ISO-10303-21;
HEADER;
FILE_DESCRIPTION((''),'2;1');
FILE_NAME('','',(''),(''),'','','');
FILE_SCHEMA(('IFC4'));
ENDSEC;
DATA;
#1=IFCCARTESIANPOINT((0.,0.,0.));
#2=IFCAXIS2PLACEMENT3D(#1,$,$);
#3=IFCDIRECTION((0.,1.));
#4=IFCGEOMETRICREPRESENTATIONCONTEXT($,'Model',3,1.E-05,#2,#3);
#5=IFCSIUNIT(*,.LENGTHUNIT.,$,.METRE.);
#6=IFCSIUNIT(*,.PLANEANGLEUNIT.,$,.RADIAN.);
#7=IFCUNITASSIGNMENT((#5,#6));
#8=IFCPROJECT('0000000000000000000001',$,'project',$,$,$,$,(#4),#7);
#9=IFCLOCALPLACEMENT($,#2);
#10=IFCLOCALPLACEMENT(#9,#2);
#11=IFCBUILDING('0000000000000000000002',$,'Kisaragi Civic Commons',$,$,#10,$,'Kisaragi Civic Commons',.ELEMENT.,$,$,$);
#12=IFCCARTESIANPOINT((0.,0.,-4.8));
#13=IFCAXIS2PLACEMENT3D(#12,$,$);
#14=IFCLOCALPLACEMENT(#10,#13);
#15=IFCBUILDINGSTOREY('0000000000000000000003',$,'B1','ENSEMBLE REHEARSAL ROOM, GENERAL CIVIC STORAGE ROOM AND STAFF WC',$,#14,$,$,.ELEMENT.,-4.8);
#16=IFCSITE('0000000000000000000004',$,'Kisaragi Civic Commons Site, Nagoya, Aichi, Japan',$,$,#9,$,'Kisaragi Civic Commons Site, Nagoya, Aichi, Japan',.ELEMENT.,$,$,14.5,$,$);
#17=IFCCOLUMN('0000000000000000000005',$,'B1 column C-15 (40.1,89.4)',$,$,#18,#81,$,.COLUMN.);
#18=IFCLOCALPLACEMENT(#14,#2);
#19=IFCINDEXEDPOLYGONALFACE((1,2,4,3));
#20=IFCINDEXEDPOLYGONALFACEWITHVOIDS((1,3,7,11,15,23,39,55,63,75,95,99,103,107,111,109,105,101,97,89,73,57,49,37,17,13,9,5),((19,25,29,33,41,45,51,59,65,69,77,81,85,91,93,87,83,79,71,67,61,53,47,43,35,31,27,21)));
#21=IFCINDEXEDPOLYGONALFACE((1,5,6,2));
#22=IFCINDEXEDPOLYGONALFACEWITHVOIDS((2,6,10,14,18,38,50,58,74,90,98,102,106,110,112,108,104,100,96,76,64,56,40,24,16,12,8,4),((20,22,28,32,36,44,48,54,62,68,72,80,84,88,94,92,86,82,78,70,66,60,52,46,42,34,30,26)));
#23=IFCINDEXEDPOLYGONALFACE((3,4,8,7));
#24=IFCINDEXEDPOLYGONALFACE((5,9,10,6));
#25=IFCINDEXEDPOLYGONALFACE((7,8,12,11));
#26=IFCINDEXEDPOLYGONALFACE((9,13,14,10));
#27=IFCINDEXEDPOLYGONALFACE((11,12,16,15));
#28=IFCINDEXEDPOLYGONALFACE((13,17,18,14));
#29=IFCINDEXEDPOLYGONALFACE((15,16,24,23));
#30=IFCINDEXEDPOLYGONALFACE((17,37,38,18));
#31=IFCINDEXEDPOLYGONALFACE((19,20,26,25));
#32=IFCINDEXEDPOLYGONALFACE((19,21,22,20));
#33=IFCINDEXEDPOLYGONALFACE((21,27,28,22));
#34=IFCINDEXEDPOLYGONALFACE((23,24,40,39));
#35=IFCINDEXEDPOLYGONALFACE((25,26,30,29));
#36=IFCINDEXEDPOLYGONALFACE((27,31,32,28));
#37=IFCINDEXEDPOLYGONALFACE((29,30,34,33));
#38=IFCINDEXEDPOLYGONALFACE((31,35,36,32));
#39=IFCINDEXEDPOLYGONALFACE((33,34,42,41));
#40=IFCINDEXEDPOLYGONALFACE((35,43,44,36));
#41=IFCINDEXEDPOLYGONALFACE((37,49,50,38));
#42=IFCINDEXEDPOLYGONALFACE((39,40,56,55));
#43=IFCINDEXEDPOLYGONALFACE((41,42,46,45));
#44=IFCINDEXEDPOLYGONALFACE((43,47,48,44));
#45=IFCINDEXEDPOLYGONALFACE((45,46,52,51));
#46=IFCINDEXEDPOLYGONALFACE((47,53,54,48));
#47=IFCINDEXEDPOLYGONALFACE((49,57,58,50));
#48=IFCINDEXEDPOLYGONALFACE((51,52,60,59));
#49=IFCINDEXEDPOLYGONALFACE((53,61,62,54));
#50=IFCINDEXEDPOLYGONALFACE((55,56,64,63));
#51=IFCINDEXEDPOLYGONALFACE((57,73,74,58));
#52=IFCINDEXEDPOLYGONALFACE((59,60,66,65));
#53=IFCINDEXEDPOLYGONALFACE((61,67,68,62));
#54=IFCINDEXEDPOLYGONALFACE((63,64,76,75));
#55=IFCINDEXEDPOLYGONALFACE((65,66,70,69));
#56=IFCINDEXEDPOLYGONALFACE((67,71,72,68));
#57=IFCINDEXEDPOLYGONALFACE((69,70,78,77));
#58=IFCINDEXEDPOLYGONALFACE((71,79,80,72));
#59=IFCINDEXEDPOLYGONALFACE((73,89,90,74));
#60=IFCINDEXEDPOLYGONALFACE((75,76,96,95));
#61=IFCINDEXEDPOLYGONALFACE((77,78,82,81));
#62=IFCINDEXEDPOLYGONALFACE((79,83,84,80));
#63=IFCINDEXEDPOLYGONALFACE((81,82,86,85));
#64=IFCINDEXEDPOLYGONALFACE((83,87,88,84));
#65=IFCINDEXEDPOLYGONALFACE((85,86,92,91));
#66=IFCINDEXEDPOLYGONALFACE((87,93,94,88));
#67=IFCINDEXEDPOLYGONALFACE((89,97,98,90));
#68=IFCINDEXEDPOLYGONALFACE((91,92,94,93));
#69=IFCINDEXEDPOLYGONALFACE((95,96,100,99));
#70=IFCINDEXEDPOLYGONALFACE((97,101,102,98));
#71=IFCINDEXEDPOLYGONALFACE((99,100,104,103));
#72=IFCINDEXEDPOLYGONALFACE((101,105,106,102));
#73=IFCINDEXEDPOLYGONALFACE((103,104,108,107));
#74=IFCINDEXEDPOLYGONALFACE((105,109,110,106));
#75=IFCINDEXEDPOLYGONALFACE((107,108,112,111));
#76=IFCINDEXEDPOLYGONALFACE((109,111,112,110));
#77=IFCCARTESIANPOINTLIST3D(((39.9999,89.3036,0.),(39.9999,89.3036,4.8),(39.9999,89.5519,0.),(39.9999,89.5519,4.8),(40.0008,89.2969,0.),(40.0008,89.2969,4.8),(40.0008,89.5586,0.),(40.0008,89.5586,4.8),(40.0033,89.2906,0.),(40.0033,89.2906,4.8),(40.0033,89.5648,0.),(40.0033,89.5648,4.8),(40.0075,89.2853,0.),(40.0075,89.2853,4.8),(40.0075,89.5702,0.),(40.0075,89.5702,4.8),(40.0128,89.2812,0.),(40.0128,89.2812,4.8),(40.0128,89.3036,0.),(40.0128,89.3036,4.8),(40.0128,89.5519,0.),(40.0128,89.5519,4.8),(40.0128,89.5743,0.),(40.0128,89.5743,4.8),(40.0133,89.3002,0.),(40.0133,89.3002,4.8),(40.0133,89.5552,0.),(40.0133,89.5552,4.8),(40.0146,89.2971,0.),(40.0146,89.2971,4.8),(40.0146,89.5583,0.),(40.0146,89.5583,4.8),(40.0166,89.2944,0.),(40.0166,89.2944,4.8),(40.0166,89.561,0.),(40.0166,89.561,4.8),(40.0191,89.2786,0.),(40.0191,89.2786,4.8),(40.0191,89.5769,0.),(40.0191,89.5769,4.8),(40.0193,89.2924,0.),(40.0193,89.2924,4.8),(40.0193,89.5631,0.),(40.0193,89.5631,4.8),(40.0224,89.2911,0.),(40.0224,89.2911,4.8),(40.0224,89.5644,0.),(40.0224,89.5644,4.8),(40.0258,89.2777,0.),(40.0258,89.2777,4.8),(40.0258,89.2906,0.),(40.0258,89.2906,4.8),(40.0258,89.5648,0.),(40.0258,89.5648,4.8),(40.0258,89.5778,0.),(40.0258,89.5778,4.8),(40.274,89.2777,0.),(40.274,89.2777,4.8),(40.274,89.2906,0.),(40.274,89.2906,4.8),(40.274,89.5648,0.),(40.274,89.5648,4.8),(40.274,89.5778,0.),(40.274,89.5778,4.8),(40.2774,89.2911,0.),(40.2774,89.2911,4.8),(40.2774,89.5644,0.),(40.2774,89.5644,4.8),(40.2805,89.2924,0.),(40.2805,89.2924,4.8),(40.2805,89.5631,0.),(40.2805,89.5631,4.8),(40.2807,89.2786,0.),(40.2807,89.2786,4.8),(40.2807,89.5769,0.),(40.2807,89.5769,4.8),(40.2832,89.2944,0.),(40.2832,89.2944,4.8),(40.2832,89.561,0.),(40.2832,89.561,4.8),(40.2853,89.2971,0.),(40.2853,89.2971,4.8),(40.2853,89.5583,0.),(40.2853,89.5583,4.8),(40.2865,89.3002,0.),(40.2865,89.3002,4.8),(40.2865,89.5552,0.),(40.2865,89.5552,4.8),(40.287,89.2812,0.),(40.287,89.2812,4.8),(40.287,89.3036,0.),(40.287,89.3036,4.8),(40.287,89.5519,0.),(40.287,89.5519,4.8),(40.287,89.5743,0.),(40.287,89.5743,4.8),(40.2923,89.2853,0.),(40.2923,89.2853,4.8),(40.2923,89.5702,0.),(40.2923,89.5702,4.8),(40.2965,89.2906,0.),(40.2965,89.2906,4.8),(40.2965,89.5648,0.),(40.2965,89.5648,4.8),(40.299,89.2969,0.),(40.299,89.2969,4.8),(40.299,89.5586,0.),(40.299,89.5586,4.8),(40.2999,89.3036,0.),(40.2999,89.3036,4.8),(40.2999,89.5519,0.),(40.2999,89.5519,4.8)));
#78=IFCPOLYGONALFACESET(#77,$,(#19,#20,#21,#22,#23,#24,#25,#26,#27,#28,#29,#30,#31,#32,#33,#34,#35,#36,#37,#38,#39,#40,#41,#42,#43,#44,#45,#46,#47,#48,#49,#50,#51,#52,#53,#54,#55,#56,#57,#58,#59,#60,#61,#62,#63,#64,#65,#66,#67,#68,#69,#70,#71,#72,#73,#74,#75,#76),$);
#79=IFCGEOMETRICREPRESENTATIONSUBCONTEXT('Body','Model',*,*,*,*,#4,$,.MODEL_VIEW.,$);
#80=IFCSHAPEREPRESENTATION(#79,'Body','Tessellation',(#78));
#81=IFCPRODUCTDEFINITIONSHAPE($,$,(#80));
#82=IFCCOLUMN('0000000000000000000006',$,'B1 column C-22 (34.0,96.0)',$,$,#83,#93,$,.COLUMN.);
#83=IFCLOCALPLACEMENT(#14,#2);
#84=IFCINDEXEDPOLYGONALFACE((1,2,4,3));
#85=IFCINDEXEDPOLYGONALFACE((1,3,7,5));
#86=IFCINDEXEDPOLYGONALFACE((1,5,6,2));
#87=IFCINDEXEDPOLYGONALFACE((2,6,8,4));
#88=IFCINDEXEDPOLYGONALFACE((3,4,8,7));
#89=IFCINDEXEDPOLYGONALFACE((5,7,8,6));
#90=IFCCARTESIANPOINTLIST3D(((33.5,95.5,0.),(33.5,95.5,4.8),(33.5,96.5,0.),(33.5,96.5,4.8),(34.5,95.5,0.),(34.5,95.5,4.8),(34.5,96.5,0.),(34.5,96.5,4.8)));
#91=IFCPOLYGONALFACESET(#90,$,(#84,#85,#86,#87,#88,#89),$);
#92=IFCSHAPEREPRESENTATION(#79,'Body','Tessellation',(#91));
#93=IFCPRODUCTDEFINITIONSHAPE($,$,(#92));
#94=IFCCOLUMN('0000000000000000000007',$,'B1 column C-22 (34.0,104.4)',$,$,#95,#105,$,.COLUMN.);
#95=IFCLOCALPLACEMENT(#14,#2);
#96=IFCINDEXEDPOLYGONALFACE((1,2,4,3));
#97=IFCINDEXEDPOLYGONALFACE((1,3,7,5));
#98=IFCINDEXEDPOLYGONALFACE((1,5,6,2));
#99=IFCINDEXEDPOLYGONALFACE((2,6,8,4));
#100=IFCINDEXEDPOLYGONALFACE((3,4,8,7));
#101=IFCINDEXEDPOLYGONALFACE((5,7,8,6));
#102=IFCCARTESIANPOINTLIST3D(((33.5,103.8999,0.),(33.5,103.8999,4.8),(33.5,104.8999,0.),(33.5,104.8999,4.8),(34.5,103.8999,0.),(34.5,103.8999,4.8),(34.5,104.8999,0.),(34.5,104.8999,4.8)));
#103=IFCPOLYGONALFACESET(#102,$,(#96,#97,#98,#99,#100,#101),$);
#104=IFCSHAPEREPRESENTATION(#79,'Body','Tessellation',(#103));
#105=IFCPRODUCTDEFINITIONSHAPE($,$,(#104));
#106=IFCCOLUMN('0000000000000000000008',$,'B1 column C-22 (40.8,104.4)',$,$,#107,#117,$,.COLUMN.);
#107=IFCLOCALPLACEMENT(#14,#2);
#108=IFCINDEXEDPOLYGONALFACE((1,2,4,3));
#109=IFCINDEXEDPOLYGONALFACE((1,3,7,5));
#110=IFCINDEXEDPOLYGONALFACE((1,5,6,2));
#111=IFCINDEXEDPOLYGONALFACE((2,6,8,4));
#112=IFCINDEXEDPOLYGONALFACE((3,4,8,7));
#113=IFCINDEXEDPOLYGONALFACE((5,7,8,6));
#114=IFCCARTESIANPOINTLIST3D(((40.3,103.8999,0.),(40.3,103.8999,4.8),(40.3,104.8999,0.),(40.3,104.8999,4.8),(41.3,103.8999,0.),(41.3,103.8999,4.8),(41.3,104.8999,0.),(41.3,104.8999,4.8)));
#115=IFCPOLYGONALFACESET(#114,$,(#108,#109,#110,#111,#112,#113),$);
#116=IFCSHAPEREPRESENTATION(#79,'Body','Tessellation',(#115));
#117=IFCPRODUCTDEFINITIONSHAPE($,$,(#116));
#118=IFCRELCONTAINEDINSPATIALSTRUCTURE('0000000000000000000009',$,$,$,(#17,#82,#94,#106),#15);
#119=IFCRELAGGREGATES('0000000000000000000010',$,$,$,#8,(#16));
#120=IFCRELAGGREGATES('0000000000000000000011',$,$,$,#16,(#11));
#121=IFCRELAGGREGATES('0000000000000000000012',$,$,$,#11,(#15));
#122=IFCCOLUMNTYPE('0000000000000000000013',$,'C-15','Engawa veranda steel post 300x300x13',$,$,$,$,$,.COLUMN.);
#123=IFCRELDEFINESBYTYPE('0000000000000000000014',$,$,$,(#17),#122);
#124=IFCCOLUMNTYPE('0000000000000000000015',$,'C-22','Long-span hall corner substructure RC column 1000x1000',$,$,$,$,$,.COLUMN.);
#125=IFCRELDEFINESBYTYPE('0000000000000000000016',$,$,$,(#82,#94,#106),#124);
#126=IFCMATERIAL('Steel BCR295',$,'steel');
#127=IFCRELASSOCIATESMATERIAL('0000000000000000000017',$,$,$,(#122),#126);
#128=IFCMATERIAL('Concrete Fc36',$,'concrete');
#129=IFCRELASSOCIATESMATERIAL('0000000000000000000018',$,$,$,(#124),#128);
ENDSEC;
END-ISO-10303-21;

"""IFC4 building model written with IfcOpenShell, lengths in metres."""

from ifc_helpers import new_model, si_unit, direction, frame, origin, origin_2d, place, context, subcontext, project, spatial, rectangle, hollow_rectangle, extrude, material, material_profile, profile_set, type_object, element, save


model = new_model("IFC4")

# Units and contexts
model_context = context("Model", 3, precision=1e-05, world=origin(), true_north=direction((0.0, 1.0)))
body_context = subcontext(model_context, "Body", "Model", "MODEL_VIEW")
ifc_project = project(units=[si_unit("LENGTHUNIT", "METRE"), si_unit("PLANEANGLEUNIT", "RADIAN")], contexts=[model_context])

# Site, building, storey
site_placement = place(None, origin())
site = spatial("IfcSite", under=ifc_project, at=site_placement, Name="Kisaragi Civic Commons Site, Nagoya, Aichi, Japan", LongName="Kisaragi Civic Commons Site, Nagoya, Aichi, Japan", CompositionType="ELEMENT", RefElevation=14.5)
building_placement = place(site_placement, origin())
building = spatial("IfcBuilding", under=site, at=building_placement, Name="Kisaragi Civic Commons", LongName="Kisaragi Civic Commons", CompositionType="ELEMENT")
storey_placement = place(building_placement, frame((0.0, 0.0, -4.8)))
storey = spatial("IfcBuildingStorey", under=building, at=storey_placement, Name="B1", Description="ENSEMBLE REHEARSAL ROOM, GENERAL CIVIC STORAGE ROOM AND STAFF WC", CompositionType="ELEMENT", Elevation=-4.8)

# Shared definitions
ifc_material_1 = material(Name="Concrete Fc36", Category="concrete")

# Columns
ifc_material_2 = material(Name="Steel BCR295", Category="steel")
ifc_material_profile_1 = material_profile(ifc_material_2, hollow_rectangle(XDim=0.3, YDim=0.3, WallThickness=0.0129, InnerFilletRadius=0.0129, OuterFilletRadius=0.0259, at=origin_2d()), Name="BCR-300x300x13", Category="steel")
ifc_profile_set_1 = profile_set([ifc_material_profile_1], Name="Steel BCR295")
column_type_1 = type_object("IfcColumnType", Name="C-15", Description="Engawa veranda steel post 300x300x13", PredefinedType="COLUMN", material=ifc_profile_set_1)
column_1_placement = place(storey_placement, frame((40.1499, 89.4277, 0.0), z_axis=(0.0, 0.0, 1.0), x_axis=(1.0, 0.0, 0.0)))
element("IfcColumn", 1, at=column_1_placement, inside=storey, type_object=column_type_1, Name="B1 column C-15 (40.1,89.4)", PredefinedType="COLUMN", context=body_context, shape_type="SweptSolid", body=[
    extrude(hollow_rectangle(XDim=0.3, YDim=0.3, WallThickness=0.0129, InnerFilletRadius=0.0129, OuterFilletRadius=0.0259, at=origin_2d()), origin(), (0.0, 0.0, 1.0), 4.8),
])
ifc_material_profile_2 = material_profile(ifc_material_1, rectangle(XDim=1.0, YDim=1.0, at=origin_2d()), Name="RC-1000x1000", Category="concrete")
ifc_profile_set_2 = profile_set([ifc_material_profile_2], Name="Concrete Fc36")
column_type_2 = type_object("IfcColumnType", Name="C-22", Description="Long-span hall corner substructure RC column 1000x1000", PredefinedType="COLUMN", material=ifc_profile_set_2)
for number, where, z_axis, x_axis, name in (
    (2, (34.0, 96.0, 0.0), (0.0, 0.0, 1.0), (1.0, 0.0, 0.0), "B1 column C-22 (34.0,96.0)"),
    (3, (34.0, 104.3999, 0.0), (0.0, 0.0, 1.0), (1.0, 0.0, 0.0), "B1 column C-22 (34.0,104.4)"),
    (4, (40.8, 104.3999, 0.0), (0.0, 0.0, 1.0), (1.0, 0.0, 0.0), "B1 column C-22 (40.8,104.4)"),
):
    element("IfcColumn", number, at=place(storey_placement, frame(where, z_axis=z_axis, x_axis=x_axis)), inside=storey, type_object=column_type_2, Name=name, PredefinedType="COLUMN", context=body_context, shape_type="SweptSolid", body=[
        extrude(rectangle(XDim=1.0, YDim=1.0, at=origin_2d()), origin(), (0.0, 0.0, 1.0), 4.8),
    ])

save(model, "model.ifc")
